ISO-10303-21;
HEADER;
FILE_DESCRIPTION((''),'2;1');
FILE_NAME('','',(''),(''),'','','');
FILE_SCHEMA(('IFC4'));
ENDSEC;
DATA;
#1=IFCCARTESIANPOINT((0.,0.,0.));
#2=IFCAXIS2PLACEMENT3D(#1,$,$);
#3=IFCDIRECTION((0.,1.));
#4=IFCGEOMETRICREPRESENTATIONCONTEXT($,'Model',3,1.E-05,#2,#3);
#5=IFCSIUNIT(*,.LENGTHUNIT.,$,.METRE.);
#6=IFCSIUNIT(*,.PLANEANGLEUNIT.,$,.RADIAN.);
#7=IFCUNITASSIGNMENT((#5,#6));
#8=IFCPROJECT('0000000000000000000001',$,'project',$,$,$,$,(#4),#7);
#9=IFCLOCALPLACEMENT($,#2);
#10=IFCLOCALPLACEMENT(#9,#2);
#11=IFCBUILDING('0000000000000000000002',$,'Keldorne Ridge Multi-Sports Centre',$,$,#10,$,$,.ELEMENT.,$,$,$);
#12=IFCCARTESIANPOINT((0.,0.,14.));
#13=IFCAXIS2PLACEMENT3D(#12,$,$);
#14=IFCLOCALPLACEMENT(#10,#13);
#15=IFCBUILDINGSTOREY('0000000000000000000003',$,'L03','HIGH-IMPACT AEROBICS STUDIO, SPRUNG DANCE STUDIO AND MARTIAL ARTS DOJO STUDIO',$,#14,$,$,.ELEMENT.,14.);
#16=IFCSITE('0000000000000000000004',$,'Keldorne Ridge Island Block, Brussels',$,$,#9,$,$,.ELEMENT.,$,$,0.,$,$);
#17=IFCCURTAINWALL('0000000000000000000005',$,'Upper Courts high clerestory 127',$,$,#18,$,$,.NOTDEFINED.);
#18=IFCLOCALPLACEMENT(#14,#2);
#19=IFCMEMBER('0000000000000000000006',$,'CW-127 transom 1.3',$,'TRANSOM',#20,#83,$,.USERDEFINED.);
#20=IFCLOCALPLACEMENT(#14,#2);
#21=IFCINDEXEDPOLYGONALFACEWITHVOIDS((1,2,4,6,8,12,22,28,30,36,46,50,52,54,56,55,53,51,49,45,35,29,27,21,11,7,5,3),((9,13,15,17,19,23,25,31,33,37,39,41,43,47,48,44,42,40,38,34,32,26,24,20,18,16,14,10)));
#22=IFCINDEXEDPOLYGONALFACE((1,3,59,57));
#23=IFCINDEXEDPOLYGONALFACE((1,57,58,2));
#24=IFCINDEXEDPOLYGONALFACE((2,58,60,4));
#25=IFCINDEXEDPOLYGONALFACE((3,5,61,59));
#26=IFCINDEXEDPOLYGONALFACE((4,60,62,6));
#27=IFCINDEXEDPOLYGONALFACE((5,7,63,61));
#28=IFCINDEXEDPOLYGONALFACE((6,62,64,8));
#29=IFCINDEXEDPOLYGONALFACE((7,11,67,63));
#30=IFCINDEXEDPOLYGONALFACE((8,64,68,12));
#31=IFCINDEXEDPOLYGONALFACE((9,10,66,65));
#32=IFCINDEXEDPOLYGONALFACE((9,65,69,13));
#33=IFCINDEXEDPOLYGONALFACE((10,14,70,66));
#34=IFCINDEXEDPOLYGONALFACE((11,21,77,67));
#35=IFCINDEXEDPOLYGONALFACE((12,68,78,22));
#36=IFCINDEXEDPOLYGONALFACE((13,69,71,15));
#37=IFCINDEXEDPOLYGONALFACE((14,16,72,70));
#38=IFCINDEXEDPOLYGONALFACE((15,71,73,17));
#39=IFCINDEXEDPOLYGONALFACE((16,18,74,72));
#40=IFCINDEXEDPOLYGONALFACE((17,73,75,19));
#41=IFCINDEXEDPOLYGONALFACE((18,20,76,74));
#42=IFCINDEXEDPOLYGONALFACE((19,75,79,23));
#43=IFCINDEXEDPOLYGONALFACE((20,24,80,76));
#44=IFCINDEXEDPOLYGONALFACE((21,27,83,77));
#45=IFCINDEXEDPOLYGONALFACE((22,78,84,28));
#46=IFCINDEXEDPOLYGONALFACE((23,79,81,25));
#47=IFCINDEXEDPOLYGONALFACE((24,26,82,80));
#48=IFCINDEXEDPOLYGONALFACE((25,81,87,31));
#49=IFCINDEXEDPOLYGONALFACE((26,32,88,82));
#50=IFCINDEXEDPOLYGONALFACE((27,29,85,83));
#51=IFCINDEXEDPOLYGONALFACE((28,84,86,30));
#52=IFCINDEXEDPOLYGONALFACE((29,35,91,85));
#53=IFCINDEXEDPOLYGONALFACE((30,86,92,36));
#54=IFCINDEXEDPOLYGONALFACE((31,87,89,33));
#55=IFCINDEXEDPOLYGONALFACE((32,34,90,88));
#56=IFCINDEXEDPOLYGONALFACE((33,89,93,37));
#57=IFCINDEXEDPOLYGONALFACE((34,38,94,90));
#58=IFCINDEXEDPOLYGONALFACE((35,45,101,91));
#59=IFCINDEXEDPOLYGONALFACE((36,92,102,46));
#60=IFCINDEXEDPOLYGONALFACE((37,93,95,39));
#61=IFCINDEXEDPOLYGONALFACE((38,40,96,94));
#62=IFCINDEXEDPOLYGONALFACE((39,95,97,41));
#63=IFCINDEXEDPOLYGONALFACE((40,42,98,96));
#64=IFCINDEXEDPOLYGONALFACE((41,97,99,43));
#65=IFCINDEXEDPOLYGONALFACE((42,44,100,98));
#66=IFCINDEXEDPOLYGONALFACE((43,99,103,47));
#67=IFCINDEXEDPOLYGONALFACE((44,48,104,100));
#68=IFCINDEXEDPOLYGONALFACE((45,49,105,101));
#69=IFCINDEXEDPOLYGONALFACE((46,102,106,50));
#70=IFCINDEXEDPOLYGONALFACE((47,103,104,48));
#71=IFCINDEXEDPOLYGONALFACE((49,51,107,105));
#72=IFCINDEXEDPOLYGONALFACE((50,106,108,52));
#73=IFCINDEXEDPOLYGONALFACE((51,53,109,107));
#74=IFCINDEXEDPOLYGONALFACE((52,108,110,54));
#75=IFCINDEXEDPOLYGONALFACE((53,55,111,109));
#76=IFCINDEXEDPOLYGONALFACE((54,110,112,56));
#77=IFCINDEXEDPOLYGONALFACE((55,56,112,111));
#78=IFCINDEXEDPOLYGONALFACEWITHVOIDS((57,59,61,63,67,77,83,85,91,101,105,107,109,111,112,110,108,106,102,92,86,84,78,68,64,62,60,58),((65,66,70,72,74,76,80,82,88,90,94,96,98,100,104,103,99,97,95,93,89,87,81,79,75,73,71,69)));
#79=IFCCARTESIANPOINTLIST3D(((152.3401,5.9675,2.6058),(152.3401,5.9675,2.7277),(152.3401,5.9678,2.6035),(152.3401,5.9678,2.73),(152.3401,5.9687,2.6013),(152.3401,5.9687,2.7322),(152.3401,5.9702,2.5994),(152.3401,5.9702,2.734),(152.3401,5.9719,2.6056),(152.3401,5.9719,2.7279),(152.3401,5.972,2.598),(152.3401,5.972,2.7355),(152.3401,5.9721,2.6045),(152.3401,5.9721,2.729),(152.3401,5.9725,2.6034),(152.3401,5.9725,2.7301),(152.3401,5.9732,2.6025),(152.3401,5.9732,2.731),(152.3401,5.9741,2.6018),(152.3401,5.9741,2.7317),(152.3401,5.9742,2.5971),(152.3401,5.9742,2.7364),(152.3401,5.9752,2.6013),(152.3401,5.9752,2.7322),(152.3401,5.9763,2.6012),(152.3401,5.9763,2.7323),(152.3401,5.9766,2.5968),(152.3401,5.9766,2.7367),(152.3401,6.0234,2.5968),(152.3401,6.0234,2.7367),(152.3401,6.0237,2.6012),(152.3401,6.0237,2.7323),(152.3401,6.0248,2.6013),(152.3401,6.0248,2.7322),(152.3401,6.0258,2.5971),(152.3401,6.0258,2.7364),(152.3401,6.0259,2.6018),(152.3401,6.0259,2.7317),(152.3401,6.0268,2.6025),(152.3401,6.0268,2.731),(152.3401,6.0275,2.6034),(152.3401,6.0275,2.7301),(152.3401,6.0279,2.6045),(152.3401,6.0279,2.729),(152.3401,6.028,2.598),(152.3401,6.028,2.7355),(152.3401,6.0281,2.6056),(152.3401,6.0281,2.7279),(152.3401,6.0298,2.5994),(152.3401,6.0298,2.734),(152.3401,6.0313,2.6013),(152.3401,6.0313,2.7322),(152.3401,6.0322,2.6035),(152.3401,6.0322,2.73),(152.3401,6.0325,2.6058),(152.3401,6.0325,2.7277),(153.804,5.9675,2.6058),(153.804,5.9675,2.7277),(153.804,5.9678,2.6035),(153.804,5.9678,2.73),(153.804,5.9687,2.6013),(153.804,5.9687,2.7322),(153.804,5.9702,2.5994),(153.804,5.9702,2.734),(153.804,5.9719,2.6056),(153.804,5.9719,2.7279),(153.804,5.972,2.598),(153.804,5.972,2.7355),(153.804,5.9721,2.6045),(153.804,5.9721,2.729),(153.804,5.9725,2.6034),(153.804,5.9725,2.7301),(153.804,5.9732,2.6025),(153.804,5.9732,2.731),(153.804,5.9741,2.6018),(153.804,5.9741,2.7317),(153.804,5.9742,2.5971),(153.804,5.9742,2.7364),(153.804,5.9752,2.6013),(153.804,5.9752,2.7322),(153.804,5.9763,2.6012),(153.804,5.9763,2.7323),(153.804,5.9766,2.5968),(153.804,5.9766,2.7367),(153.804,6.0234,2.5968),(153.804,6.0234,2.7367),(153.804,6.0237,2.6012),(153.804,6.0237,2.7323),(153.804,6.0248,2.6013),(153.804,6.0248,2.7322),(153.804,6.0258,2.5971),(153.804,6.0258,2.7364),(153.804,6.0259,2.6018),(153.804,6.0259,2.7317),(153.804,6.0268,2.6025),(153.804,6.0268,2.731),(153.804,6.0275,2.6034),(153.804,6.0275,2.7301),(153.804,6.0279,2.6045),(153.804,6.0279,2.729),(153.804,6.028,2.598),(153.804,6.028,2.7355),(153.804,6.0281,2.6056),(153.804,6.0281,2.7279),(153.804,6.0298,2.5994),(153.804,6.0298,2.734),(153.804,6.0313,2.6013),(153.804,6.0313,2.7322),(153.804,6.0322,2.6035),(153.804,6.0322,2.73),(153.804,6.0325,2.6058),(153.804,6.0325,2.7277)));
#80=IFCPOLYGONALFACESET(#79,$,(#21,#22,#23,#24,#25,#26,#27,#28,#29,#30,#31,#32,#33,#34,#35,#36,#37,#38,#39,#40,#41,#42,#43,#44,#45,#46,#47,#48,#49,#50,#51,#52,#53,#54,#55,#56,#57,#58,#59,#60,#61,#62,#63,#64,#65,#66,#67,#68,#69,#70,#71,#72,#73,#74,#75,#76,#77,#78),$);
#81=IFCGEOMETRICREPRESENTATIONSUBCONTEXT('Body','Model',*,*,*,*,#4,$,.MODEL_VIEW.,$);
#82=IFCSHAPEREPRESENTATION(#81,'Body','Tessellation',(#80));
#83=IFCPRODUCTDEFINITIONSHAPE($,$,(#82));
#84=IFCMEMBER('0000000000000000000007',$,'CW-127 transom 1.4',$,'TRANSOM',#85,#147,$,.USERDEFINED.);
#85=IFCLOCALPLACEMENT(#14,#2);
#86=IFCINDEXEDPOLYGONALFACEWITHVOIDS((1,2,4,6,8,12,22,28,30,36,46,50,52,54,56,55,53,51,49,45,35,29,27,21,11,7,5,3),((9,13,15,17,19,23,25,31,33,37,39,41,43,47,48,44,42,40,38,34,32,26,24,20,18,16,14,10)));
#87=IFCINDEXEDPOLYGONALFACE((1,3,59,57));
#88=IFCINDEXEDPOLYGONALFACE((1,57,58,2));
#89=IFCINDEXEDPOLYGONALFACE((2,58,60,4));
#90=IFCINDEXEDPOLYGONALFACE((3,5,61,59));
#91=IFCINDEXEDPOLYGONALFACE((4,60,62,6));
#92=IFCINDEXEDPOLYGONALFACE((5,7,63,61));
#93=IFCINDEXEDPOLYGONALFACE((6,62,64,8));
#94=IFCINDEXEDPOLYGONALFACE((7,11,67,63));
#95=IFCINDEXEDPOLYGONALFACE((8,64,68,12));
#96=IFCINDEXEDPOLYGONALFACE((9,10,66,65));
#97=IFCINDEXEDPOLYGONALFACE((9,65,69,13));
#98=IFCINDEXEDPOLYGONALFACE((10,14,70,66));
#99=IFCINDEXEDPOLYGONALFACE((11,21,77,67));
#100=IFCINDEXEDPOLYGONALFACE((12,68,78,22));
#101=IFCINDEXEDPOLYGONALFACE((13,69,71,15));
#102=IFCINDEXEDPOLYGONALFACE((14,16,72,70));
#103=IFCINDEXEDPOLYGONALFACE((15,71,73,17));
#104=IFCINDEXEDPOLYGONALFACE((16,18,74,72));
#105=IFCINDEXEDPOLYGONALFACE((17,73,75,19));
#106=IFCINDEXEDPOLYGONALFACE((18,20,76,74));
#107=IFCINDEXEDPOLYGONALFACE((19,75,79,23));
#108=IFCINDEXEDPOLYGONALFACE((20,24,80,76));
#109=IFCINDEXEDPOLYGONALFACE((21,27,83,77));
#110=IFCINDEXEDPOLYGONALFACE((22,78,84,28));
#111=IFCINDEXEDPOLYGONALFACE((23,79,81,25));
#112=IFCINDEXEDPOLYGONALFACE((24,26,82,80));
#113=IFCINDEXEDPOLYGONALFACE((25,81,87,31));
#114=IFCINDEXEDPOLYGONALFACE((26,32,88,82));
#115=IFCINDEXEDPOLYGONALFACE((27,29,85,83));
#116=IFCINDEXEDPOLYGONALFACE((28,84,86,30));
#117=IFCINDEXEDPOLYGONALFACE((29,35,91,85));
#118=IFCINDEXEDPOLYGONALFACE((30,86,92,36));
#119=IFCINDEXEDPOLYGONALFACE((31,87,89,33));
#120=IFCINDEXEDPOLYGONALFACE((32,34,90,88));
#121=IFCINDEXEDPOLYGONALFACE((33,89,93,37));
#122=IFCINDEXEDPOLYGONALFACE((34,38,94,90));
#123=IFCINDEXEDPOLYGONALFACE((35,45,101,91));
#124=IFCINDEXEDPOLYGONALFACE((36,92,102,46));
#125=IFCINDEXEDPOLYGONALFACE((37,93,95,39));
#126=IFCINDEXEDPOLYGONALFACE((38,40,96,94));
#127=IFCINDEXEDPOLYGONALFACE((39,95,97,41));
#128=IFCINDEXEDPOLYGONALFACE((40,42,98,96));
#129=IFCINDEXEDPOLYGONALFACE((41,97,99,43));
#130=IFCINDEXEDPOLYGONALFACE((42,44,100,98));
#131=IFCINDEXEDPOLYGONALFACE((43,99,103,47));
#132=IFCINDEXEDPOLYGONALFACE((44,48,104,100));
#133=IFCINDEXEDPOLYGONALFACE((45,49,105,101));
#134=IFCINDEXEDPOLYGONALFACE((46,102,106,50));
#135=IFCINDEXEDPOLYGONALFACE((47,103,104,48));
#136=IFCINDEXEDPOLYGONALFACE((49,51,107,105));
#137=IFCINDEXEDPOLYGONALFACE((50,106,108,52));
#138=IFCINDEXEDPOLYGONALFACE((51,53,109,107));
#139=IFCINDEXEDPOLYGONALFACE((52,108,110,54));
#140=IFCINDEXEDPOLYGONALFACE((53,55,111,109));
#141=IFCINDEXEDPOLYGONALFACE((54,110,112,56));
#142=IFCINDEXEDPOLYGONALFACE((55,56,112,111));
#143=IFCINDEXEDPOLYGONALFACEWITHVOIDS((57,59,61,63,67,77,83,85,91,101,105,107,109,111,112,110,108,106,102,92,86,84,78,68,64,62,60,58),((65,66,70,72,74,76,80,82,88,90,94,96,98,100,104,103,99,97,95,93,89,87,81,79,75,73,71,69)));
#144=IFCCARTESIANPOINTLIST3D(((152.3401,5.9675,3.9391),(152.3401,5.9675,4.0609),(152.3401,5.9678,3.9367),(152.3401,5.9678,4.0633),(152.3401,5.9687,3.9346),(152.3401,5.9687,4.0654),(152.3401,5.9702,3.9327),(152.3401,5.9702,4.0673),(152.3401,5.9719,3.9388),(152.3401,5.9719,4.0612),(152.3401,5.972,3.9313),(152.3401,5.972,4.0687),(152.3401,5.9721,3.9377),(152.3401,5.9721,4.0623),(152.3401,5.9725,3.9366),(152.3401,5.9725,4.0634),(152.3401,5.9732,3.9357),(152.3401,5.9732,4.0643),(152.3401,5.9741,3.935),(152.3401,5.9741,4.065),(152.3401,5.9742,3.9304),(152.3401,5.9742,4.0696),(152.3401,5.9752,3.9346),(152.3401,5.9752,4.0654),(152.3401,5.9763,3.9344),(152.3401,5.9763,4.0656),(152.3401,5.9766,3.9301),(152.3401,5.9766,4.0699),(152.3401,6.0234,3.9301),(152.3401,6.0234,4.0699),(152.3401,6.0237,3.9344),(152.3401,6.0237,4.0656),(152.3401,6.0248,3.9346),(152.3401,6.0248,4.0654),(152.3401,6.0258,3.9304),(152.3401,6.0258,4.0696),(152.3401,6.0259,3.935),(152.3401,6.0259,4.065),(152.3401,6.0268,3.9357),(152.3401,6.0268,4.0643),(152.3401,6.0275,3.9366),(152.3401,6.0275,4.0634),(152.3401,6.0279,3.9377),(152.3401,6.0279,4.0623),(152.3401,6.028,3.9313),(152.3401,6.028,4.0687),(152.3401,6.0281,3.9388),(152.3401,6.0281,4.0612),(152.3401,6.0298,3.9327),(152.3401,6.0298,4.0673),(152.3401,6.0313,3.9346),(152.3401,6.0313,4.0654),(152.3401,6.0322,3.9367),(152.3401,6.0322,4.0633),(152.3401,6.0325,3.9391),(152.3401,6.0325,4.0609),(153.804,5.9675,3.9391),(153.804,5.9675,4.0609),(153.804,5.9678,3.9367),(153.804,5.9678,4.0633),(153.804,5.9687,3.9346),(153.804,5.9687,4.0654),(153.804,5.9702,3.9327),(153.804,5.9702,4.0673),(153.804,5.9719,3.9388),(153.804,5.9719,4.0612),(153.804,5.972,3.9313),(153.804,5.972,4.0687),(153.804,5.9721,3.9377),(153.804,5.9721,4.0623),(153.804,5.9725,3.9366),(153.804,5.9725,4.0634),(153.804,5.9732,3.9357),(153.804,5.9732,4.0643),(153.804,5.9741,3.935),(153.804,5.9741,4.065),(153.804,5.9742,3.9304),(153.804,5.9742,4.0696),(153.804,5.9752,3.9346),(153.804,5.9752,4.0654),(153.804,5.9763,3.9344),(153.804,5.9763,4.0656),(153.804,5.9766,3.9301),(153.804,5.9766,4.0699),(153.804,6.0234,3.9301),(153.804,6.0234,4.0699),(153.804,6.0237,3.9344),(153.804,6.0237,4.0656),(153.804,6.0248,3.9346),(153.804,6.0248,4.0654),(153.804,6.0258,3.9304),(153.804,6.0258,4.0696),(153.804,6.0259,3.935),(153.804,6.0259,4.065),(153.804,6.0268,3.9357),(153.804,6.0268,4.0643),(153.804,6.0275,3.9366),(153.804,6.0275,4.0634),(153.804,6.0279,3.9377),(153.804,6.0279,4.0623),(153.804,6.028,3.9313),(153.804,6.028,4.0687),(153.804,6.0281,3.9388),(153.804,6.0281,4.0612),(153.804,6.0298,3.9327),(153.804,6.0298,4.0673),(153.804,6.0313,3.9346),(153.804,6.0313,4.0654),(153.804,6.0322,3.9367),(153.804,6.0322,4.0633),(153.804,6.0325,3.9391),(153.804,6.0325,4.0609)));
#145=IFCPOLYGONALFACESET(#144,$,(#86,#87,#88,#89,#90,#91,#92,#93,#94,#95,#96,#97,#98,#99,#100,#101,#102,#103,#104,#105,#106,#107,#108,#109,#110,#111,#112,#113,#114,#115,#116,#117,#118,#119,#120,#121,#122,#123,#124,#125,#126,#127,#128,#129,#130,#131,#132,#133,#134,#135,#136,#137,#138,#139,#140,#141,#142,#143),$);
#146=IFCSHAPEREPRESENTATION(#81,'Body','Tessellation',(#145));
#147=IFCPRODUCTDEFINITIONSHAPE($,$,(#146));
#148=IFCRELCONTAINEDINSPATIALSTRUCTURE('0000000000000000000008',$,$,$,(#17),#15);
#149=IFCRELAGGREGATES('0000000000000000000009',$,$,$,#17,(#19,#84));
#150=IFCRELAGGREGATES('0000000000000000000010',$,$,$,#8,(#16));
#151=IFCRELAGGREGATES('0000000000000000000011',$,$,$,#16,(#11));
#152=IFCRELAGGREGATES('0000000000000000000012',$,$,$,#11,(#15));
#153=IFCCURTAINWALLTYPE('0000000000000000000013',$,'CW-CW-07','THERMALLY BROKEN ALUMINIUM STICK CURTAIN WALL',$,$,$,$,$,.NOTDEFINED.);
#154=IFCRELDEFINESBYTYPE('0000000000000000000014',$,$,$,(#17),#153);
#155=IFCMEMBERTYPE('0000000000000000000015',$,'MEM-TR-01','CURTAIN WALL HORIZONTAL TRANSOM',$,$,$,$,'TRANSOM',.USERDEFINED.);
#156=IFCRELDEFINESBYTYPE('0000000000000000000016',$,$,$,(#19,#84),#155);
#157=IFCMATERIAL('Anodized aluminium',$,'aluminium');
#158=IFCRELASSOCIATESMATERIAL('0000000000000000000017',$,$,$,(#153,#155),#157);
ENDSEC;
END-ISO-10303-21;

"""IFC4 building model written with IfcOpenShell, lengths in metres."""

from ifc_helpers import new_model, si_unit, direction, frame, origin, origin_2d, place, context, subcontext, project, spatial, hollow_rectangle, extrude, material, material_profile, profile_set, type_object, element, aggregate, save


model = new_model("IFC4")

# Units and contexts
model_context = context("Model", 3, precision=1e-05, world=origin(), true_north=direction((0.0, 1.0)))
body_context = subcontext(model_context, "Body", "Model", "MODEL_VIEW")
ifc_project = project(units=[si_unit("LENGTHUNIT", "METRE"), si_unit("PLANEANGLEUNIT", "RADIAN")], contexts=[model_context])

# Site, building, storey
site_placement = place(None, origin())
site = spatial("IfcSite", under=ifc_project, at=site_placement, Name="Keldorne Ridge Island Block, Brussels", CompositionType="ELEMENT", RefElevation=0.0)
building_placement = place(site_placement, origin())
building = spatial("IfcBuilding", under=site, at=building_placement, Name="Keldorne Ridge Multi-Sports Centre", CompositionType="ELEMENT")
storey_placement = place(building_placement, frame((0.0, 0.0, 14.0)))
storey = spatial("IfcBuildingStorey", under=building, at=storey_placement, Name="L03", Description="HIGH-IMPACT AEROBICS STUDIO, SPRUNG DANCE STUDIO AND MARTIAL ARTS DOJO STUDIO", CompositionType="ELEMENT", Elevation=14.0)

# Curtain wall, members
ifc_material_1 = material(Name="Anodized aluminium", Category="aluminium")
curtain_wall_type = type_object("IfcCurtainWallType", Name="CW-CW-07", Description="THERMALLY BROKEN ALUMINIUM STICK CURTAIN WALL", PredefinedType="NOTDEFINED", material=ifc_material_1)
curtain_wall_placement = place(storey_placement, origin())
curtain_wall = element("IfcCurtainWall", 1, at=curtain_wall_placement, inside=storey, type_object=curtain_wall_type, Name="Upper Courts high clerestory 127", PredefinedType="NOTDEFINED")
ifc_material_profile_1 = material_profile(ifc_material_1, hollow_rectangle(XDim=0.0649, YDim=0.1399, WallThickness=0.0044, InnerFilletRadius=0.0044, OuterFilletRadius=0.009, at=origin_2d()), Name="ALU TRANSOM 140x65x4.5")
ifc_profile_set_1 = profile_set([ifc_material_profile_1], Name="Anodized aluminium")
member_type_1 = type_object("IfcMemberType", Name="MEM-TR-01", Description="CURTAIN WALL HORIZONTAL TRANSOM", ElementType="TRANSOM", PredefinedType="USERDEFINED", material=ifc_profile_set_1)
member_1_placement = place(storey_placement, frame((152.3401, 6.0, 2.6667), z_axis=(1.0, 0.0, 0.0), x_axis=(0.0, 1.0, 0.0)))
member_1 = element("IfcMember", 2, at=member_1_placement, type_object=member_type_1, Name="CW-127 transom 1.3", ObjectType="TRANSOM", PredefinedType="USERDEFINED", context=body_context, shape_type="SweptSolid", body=[
    extrude(hollow_rectangle(XDim=0.0649, YDim=0.1399, WallThickness=0.0044, InnerFilletRadius=0.0044, OuterFilletRadius=0.009, at=origin_2d()), origin(), (0.0, 0.0, 1.0), 1.4639),
])
member_2_placement = place(storey_placement, frame((152.3401, 6.0, 4.0), z_axis=(1.0, 0.0, 0.0), x_axis=(0.0, 1.0, 0.0)))
member_2 = element("IfcMember", 3, at=member_2_placement, type_object=member_type_1, Name="CW-127 transom 1.4", ObjectType="TRANSOM", PredefinedType="USERDEFINED", context=body_context, shape_type="SweptSolid", body=[
    extrude(hollow_rectangle(XDim=0.0649, YDim=0.1399, WallThickness=0.0044, InnerFilletRadius=0.0044, OuterFilletRadius=0.009, at=origin_2d()), origin(), (0.0, 0.0, 1.0), 1.4639),
])
aggregate(curtain_wall, [member_1, member_2])

save(model, "model.ifc")
